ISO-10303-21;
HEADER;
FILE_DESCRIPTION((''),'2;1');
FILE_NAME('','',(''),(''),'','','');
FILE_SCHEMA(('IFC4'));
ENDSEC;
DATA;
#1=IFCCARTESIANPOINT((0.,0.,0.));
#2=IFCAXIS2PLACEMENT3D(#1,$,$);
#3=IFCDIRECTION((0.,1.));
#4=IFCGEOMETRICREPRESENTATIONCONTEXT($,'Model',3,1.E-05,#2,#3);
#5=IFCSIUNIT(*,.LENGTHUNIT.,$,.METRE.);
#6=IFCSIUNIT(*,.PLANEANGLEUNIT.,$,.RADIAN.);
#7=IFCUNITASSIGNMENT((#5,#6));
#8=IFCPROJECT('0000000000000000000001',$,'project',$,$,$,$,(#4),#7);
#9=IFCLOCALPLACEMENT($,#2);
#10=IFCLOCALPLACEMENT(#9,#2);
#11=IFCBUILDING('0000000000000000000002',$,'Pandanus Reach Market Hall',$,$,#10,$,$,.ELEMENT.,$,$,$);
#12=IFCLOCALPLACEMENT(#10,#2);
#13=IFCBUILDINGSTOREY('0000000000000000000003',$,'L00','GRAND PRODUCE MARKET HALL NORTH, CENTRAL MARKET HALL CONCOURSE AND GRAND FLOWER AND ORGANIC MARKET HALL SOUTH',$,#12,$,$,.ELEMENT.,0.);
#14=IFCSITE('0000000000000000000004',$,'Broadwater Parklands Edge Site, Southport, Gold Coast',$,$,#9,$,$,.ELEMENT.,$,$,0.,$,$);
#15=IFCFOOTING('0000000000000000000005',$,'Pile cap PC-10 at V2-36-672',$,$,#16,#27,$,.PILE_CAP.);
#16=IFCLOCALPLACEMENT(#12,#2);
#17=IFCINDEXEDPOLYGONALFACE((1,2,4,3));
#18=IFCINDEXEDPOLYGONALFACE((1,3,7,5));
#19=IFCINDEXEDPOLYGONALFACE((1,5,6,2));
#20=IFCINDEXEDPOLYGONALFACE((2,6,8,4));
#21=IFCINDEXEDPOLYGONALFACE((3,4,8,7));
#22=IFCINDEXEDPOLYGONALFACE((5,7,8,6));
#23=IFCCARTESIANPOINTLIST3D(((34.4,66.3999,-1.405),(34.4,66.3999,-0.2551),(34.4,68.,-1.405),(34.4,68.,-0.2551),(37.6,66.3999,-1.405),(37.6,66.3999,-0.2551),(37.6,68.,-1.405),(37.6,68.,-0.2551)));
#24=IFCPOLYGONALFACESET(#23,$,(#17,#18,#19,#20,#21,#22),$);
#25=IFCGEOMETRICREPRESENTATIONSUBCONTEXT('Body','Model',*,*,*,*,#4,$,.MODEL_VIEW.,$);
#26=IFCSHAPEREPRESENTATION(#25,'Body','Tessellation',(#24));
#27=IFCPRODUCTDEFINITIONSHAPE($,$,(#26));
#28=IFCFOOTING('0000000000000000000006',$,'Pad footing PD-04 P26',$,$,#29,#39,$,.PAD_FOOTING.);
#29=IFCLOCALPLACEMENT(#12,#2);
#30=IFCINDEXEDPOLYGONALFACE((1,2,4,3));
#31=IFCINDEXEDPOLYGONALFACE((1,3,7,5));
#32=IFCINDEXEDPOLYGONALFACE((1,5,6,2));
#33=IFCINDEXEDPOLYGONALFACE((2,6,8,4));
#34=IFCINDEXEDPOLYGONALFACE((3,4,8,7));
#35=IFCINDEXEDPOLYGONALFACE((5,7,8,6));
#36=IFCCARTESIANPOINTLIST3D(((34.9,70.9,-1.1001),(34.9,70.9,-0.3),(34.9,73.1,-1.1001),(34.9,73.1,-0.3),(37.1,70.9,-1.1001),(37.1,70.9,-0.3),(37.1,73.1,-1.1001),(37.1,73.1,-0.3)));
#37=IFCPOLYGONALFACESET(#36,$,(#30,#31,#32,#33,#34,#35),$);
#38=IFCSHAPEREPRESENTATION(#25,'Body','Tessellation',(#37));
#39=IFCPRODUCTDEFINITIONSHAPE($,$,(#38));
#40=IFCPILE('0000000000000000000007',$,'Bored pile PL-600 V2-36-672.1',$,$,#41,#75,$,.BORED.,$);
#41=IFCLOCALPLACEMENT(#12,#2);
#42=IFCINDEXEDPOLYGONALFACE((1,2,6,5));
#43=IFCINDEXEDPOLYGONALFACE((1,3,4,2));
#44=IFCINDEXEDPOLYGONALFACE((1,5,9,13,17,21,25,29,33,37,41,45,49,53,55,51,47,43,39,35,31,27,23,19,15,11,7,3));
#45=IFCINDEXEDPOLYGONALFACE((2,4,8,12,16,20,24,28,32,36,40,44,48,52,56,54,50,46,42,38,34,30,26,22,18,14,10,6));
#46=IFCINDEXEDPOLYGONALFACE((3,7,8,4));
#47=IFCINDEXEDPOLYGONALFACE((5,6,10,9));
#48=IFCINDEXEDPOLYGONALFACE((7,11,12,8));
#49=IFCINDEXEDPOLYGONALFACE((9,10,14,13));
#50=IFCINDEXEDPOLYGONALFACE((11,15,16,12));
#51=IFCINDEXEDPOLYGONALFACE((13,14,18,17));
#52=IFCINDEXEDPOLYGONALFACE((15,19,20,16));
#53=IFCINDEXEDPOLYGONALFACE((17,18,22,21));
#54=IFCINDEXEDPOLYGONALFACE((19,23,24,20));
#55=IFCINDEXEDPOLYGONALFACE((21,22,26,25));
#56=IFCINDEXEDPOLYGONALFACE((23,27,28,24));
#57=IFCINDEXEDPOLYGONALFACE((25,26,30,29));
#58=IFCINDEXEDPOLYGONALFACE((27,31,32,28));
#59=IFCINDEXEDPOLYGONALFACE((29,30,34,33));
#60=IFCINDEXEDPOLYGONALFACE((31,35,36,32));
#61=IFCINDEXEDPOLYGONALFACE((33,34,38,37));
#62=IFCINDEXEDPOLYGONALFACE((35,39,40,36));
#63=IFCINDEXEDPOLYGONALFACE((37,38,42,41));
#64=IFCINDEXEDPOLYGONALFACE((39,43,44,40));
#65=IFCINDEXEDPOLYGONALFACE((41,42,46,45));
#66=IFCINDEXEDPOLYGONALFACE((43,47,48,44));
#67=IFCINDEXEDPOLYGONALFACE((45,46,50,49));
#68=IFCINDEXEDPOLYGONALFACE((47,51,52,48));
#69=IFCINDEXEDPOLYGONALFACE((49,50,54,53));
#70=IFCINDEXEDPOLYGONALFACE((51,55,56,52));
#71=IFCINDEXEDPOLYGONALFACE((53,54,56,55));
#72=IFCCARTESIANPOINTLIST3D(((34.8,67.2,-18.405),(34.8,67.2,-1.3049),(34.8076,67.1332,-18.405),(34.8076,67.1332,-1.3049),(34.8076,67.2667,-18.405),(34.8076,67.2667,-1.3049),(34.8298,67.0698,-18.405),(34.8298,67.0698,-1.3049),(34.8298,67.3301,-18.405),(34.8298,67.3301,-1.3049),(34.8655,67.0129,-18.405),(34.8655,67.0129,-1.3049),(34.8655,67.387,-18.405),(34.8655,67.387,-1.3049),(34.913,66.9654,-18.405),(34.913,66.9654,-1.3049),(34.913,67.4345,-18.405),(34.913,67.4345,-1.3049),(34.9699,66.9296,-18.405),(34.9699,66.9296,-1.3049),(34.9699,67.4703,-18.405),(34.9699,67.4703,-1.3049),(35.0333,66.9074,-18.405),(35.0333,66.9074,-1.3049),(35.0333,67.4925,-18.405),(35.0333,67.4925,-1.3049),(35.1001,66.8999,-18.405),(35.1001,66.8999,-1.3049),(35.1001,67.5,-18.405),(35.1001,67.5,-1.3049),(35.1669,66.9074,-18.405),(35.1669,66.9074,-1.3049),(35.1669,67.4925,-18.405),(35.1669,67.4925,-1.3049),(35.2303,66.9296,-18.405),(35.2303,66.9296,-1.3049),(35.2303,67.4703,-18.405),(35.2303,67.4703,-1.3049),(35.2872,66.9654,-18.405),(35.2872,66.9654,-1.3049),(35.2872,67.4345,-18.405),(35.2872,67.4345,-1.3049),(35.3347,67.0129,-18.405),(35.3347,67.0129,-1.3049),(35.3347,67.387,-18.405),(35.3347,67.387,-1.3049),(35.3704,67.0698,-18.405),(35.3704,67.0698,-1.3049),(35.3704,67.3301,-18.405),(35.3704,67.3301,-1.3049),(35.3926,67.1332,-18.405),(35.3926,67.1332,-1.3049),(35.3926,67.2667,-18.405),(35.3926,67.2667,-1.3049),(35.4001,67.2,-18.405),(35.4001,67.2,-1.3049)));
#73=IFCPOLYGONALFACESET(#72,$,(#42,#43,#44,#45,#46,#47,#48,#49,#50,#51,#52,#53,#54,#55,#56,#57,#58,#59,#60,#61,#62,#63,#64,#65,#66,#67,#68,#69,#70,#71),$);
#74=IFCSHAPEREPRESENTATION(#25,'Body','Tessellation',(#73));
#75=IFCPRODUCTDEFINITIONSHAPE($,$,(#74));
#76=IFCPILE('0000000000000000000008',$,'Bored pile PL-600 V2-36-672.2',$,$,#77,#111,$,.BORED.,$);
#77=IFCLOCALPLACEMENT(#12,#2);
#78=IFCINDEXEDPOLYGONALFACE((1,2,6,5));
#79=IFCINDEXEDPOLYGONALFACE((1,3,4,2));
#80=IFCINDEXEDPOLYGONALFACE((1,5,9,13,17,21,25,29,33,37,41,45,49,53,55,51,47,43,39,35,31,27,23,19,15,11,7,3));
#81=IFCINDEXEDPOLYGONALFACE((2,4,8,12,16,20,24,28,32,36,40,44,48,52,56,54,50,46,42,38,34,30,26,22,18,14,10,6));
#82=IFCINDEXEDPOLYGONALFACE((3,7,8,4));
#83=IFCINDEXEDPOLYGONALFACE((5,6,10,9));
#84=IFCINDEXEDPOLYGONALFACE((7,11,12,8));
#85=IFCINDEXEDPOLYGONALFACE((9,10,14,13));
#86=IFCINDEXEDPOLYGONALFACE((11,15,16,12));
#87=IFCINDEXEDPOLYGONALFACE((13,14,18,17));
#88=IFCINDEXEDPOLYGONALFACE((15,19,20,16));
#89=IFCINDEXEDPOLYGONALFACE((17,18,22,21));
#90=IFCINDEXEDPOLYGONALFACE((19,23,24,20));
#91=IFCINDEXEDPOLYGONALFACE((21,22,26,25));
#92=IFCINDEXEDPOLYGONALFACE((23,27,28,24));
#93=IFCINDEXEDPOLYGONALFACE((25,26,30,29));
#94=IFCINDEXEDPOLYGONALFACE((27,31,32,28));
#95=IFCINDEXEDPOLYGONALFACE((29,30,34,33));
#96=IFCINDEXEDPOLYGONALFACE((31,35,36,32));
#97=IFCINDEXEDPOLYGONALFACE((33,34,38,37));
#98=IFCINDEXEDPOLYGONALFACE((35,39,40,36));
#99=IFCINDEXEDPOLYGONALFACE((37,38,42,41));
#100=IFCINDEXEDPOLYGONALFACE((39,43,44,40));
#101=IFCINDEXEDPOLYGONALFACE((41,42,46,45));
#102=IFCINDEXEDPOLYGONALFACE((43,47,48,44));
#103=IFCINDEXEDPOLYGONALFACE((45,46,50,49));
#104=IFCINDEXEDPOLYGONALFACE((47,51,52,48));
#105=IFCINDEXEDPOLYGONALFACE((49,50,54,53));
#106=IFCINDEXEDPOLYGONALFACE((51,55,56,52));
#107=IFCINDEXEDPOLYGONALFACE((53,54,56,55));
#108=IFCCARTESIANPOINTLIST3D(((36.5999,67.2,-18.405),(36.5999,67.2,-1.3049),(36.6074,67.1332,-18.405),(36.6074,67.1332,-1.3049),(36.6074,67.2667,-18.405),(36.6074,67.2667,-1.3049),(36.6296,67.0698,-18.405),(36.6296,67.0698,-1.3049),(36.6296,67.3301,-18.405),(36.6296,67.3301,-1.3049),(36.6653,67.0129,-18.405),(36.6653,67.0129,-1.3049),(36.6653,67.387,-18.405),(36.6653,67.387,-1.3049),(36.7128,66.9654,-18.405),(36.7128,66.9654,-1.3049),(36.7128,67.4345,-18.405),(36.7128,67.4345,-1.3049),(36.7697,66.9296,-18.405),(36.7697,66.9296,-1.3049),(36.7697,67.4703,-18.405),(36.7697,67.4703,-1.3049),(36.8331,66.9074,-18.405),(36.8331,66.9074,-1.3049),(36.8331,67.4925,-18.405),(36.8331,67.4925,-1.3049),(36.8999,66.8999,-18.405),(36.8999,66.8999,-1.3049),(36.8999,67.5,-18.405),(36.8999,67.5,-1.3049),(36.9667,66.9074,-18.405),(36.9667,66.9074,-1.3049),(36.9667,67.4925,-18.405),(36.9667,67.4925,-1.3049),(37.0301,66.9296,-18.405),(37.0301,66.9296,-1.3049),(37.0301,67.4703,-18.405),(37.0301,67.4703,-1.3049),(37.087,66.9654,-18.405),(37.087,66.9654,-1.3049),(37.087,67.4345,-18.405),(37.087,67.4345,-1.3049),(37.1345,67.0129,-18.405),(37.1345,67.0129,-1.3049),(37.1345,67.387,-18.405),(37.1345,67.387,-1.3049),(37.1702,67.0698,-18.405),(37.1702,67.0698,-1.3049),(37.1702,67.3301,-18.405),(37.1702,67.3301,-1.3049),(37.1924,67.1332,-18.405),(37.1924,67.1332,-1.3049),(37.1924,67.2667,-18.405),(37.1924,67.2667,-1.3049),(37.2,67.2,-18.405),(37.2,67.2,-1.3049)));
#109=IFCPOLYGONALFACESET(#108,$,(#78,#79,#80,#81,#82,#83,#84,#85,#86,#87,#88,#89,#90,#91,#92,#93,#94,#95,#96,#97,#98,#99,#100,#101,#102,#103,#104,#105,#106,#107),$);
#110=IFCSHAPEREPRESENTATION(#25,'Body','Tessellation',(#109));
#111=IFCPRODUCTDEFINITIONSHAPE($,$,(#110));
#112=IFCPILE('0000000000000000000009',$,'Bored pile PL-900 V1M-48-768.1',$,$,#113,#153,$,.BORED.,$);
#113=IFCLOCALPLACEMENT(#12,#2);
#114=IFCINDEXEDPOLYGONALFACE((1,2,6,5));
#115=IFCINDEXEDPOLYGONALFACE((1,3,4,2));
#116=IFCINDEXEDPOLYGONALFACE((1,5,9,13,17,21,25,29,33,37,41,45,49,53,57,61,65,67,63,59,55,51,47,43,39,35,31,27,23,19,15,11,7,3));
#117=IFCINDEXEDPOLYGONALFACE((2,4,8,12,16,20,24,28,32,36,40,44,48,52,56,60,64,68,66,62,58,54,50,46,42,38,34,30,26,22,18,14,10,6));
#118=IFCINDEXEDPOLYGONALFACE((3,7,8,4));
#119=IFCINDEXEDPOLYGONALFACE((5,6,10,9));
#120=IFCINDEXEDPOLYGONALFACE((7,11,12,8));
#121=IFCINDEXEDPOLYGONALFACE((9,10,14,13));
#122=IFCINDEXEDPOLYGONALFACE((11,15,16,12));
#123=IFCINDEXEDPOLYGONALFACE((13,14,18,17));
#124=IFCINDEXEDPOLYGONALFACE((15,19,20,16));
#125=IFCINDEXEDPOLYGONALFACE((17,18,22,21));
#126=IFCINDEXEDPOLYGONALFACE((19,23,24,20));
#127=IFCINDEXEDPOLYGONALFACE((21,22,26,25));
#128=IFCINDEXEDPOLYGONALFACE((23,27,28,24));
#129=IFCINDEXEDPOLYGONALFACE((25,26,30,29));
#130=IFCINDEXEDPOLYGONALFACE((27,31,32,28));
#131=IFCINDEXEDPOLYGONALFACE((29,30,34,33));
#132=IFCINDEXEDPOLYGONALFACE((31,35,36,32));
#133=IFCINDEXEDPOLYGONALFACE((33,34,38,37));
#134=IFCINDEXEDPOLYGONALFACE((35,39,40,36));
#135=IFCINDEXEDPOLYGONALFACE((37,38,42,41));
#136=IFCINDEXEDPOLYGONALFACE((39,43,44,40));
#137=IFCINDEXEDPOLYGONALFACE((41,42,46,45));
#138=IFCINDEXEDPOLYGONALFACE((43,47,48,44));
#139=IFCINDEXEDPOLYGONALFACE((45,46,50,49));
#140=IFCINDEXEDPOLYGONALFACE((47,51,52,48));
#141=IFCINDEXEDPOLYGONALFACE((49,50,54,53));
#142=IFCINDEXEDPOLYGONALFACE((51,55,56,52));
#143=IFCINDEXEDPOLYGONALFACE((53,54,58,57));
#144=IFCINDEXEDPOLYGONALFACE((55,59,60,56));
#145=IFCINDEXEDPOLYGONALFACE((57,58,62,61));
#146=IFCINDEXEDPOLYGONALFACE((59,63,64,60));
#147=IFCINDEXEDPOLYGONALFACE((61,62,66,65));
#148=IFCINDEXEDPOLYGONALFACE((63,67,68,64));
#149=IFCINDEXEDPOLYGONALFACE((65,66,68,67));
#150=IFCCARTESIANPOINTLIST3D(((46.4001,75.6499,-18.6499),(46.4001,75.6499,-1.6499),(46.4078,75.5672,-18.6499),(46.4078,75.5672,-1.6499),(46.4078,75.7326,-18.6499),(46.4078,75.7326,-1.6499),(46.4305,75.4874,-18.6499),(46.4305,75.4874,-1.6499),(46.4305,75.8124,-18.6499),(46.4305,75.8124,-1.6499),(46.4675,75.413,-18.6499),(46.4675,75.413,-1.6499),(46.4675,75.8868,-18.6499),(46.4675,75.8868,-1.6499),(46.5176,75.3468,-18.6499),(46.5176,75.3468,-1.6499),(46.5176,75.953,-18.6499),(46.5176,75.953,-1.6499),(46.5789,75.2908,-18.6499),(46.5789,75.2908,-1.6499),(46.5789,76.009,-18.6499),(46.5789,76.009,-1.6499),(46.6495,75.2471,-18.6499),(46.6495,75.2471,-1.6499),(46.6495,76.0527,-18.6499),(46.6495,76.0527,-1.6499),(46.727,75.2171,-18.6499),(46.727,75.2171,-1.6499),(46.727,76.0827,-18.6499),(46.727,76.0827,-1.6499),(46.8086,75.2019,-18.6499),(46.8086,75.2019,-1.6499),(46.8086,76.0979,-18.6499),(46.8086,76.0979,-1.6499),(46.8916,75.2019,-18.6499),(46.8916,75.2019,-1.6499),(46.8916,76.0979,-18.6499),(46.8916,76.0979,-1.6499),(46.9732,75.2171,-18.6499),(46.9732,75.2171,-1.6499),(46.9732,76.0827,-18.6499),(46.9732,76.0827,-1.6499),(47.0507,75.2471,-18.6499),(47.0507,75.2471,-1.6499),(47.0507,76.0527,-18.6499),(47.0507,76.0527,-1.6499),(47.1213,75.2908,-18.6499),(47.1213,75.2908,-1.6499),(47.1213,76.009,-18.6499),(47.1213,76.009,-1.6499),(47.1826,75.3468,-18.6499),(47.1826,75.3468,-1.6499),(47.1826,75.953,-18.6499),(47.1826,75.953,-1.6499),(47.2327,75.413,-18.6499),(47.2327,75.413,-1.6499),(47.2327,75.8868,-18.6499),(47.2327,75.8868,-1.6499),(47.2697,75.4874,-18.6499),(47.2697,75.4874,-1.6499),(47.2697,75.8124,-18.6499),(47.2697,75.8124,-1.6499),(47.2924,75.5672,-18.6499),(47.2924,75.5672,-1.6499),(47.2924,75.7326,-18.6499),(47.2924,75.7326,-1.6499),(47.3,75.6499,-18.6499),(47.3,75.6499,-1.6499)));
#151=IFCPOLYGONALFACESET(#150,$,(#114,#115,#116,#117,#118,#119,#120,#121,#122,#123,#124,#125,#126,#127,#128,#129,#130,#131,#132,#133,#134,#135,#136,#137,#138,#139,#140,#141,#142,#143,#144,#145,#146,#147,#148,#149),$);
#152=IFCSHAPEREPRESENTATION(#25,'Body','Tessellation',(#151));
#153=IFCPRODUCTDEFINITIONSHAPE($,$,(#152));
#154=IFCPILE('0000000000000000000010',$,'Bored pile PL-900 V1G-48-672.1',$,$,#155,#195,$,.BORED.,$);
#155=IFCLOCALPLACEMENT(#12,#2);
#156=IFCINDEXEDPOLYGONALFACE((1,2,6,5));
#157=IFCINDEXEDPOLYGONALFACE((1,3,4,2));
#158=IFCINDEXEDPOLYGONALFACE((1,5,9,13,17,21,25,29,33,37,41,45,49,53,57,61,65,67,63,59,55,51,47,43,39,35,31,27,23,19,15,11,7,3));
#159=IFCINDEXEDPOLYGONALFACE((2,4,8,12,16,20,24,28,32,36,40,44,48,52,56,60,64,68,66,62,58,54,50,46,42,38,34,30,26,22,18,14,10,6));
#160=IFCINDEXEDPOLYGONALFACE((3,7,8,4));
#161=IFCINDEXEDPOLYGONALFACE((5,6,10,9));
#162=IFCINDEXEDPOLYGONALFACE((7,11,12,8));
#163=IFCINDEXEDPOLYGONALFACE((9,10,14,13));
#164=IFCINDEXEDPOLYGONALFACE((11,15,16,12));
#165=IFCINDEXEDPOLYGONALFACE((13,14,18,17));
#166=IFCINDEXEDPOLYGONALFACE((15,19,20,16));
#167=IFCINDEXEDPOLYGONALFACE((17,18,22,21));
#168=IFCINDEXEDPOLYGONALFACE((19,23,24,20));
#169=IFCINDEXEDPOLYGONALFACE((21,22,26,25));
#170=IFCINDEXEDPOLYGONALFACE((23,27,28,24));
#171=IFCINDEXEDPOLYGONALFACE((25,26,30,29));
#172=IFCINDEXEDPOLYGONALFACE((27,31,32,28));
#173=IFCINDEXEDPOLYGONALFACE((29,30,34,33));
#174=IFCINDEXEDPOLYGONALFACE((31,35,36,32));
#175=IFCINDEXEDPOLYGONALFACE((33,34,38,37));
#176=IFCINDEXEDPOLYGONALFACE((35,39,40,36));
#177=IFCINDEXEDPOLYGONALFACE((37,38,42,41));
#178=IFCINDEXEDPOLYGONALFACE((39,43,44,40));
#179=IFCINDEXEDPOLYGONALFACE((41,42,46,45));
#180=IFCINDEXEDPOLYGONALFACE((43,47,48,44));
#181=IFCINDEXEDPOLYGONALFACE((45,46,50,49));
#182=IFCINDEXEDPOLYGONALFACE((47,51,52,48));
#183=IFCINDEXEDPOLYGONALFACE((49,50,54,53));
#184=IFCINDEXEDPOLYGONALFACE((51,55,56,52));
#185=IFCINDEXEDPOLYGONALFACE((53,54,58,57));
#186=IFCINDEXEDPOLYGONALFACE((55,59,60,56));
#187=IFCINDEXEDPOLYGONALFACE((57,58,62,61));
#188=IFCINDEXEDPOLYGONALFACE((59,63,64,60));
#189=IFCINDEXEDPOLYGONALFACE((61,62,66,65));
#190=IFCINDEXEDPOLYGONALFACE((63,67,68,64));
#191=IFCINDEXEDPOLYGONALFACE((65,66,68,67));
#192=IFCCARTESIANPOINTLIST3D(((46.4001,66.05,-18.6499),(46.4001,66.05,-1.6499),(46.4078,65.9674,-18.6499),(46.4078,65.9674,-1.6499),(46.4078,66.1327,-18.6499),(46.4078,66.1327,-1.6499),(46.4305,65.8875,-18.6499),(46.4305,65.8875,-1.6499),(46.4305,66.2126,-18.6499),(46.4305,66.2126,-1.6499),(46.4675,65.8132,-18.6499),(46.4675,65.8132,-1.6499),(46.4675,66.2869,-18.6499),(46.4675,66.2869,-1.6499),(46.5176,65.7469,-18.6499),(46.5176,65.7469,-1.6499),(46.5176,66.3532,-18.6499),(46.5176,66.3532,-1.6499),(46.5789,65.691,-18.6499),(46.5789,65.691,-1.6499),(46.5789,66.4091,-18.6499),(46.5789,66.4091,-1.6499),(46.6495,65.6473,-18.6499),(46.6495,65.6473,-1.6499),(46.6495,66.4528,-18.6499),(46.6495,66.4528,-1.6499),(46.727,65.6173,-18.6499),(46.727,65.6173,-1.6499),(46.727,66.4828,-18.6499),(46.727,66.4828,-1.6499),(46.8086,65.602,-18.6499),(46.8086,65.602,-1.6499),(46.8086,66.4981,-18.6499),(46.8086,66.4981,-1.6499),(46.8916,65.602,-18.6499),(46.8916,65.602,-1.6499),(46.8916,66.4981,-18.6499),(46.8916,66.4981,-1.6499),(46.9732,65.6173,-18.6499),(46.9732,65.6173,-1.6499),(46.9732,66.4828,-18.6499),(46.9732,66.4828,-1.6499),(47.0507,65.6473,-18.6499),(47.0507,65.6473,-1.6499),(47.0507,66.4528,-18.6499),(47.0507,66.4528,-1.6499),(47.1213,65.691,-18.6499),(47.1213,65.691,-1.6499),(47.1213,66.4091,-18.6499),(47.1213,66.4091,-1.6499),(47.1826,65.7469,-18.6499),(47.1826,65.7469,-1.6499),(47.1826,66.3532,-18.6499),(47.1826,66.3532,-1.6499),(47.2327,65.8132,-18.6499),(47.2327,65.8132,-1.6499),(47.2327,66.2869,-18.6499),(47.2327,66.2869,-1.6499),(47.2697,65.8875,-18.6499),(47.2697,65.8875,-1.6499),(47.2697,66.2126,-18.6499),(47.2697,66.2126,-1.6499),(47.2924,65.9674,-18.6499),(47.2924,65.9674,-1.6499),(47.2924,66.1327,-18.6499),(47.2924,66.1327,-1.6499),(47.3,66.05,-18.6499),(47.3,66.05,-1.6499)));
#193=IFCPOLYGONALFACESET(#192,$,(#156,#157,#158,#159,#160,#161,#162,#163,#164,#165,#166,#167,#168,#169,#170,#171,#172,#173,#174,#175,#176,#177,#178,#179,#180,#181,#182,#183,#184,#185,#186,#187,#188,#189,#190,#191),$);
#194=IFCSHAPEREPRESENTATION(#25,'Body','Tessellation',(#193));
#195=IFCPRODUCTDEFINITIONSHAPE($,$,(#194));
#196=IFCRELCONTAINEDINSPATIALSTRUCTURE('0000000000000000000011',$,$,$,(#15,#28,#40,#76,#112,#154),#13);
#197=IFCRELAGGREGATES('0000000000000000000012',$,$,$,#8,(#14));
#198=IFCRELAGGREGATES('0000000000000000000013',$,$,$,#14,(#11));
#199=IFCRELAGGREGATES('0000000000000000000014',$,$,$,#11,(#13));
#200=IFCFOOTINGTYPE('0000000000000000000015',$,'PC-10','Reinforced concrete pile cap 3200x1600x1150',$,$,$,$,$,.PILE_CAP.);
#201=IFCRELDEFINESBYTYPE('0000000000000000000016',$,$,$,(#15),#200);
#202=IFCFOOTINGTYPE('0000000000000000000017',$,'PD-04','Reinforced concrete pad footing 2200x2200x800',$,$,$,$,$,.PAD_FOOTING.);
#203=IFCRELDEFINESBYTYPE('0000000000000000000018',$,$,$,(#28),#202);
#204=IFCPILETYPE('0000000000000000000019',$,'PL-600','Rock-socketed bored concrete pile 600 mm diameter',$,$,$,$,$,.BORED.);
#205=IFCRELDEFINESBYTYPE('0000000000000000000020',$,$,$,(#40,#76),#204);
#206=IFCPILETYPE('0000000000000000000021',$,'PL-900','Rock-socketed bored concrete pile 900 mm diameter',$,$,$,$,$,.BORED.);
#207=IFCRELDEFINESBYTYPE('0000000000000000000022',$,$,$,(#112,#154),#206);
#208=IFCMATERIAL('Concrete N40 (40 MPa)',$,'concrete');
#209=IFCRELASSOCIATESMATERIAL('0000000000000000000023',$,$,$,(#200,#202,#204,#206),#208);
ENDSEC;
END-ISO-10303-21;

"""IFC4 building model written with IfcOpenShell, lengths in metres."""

from ifc_helpers import new_model, si_unit, direction, frame, origin, origin_2d, place, context, subcontext, project, spatial, rectangle, circle, extrude, material, material_profile, profile_set, type_object, element, save


model = new_model("IFC4")

# Units and contexts
model_context = context("Model", 3, precision=1e-05, world=origin(), true_north=direction((0.0, 1.0)))
body_context = subcontext(model_context, "Body", "Model", "MODEL_VIEW")
ifc_project = project(units=[si_unit("LENGTHUNIT", "METRE"), si_unit("PLANEANGLEUNIT", "RADIAN")], contexts=[model_context])

# Site, building, storey
site_placement = place(None, origin())
site = spatial("IfcSite", under=ifc_project, at=site_placement, Name="Broadwater Parklands Edge Site, Southport, Gold Coast", CompositionType="ELEMENT", RefElevation=0.0)
building_placement = place(site_placement, origin())
building = spatial("IfcBuilding", under=site, at=building_placement, Name="Pandanus Reach Market Hall", CompositionType="ELEMENT")
storey_placement = place(building_placement, origin())
storey = spatial("IfcBuildingStorey", under=building, at=storey_placement, Name="L00", Description="GRAND PRODUCE MARKET HALL NORTH, CENTRAL MARKET HALL CONCOURSE AND GRAND FLOWER AND ORGANIC MARKET HALL SOUTH", CompositionType="ELEMENT", Elevation=0.0)

# Footings
ifc_material_1 = material(Name="Concrete N40 (40 MPa)", Category="concrete")
footing_type_1 = type_object("IfcFootingType", Name="PC-10", Description="Reinforced concrete pile cap 3200x1600x1150", PredefinedType="PILE_CAP", material=ifc_material_1)
footing_1_placement = place(storey_placement, frame((36.0, 67.2, -1.405), z_axis=(0.0, 0.0, 1.0), x_axis=(1.0, 0.0, 0.0)))
element("IfcFooting", 1, at=footing_1_placement, inside=storey, type_object=footing_type_1, Name="Pile cap PC-10 at V2-36-672", PredefinedType="PILE_CAP", context=body_context, shape_type="SweptSolid", body=[
    extrude(rectangle(XDim=3.2, YDim=1.6001, at=origin_2d()), origin(), (0.0, 0.0, 1.0), 1.1499),
])
footing_type_2 = type_object("IfcFootingType", Name="PD-04", Description="Reinforced concrete pad footing 2200x2200x800", PredefinedType="PAD_FOOTING", material=ifc_material_1)
footing_2_placement = place(storey_placement, frame((36.0, 72.0, -1.1001), z_axis=(0.0, 0.0, 1.0), x_axis=(1.0, 0.0, 0.0)))
element("IfcFooting", 2, at=footing_2_placement, inside=storey, type_object=footing_type_2, Name="Pad footing PD-04 P26", PredefinedType="PAD_FOOTING", context=body_context, shape_type="SweptSolid", body=[
    extrude(rectangle(XDim=2.2, YDim=2.2, at=origin_2d()), origin(), (0.0, 0.0, 1.0), 0.8),
])

# Piles
ifc_material_profile_1 = material_profile(ifc_material_1, circle(Radius=0.3, at=origin_2d()), Name="PILE-600D", Category="LoadBearing")
ifc_profile_set_1 = profile_set([ifc_material_profile_1], Name="Concrete N40 (40 MPa)")
pile_type_1 = type_object("IfcPileType", Name="PL-600", Description="Rock-socketed bored concrete pile 600 mm diameter", PredefinedType="BORED", material=ifc_profile_set_1)
for number, where, z_axis, x_axis, name in (
    (3, (35.1001, 67.2, -1.3049), (0.0, 0.0, -1.0), (1.0, 0.0, 0.0), "Bored pile PL-600 V2-36-672.1"),
    (4, (36.8999, 67.2, -1.3049), (0.0, 0.0, -1.0), (1.0, 0.0, 0.0), "Bored pile PL-600 V2-36-672.2"),
):
    element("IfcPile", number, at=place(storey_placement, frame(where, z_axis=z_axis, x_axis=x_axis)), inside=storey, type_object=pile_type_1, Name=name, PredefinedType="BORED", context=body_context, shape_type="SweptSolid", body=[
        extrude(circle(Radius=0.3, at=origin_2d()), origin(), (0.0, 0.0, 1.0), 17.1001),
    ])
ifc_material_profile_2 = material_profile(ifc_material_1, circle(Radius=0.45, at=origin_2d()), Name="PILE-900D", Category="LoadBearing")
ifc_profile_set_2 = profile_set([ifc_material_profile_2], Name="Concrete N40 (40 MPa)")
pile_type_2 = type_object("IfcPileType", Name="PL-900", Description="Rock-socketed bored concrete pile 900 mm diameter", PredefinedType="BORED", material=ifc_profile_set_2)
for number, where, z_axis, x_axis, name in (
    (5, (46.8501, 75.6499, -1.6499), (0.0, 0.0, -1.0), (1.0, 0.0, 0.0), "Bored pile PL-900 V1M-48-768.1"),
    (6, (46.8501, 66.05, -1.6499), (0.0, 0.0, -1.0), (1.0, 0.0, 0.0), "Bored pile PL-900 V1G-48-672.1"),
):
    element("IfcPile", number, at=place(storey_placement, frame(where, z_axis=z_axis, x_axis=x_axis)), inside=storey, type_object=pile_type_2, Name=name, PredefinedType="BORED", context=body_context, shape_type="SweptSolid", body=[
        extrude(circle(Radius=0.45, at=origin_2d()), origin(), (0.0, 0.0, 1.0), 17.0),
    ])

save(model, "model.ifc")
